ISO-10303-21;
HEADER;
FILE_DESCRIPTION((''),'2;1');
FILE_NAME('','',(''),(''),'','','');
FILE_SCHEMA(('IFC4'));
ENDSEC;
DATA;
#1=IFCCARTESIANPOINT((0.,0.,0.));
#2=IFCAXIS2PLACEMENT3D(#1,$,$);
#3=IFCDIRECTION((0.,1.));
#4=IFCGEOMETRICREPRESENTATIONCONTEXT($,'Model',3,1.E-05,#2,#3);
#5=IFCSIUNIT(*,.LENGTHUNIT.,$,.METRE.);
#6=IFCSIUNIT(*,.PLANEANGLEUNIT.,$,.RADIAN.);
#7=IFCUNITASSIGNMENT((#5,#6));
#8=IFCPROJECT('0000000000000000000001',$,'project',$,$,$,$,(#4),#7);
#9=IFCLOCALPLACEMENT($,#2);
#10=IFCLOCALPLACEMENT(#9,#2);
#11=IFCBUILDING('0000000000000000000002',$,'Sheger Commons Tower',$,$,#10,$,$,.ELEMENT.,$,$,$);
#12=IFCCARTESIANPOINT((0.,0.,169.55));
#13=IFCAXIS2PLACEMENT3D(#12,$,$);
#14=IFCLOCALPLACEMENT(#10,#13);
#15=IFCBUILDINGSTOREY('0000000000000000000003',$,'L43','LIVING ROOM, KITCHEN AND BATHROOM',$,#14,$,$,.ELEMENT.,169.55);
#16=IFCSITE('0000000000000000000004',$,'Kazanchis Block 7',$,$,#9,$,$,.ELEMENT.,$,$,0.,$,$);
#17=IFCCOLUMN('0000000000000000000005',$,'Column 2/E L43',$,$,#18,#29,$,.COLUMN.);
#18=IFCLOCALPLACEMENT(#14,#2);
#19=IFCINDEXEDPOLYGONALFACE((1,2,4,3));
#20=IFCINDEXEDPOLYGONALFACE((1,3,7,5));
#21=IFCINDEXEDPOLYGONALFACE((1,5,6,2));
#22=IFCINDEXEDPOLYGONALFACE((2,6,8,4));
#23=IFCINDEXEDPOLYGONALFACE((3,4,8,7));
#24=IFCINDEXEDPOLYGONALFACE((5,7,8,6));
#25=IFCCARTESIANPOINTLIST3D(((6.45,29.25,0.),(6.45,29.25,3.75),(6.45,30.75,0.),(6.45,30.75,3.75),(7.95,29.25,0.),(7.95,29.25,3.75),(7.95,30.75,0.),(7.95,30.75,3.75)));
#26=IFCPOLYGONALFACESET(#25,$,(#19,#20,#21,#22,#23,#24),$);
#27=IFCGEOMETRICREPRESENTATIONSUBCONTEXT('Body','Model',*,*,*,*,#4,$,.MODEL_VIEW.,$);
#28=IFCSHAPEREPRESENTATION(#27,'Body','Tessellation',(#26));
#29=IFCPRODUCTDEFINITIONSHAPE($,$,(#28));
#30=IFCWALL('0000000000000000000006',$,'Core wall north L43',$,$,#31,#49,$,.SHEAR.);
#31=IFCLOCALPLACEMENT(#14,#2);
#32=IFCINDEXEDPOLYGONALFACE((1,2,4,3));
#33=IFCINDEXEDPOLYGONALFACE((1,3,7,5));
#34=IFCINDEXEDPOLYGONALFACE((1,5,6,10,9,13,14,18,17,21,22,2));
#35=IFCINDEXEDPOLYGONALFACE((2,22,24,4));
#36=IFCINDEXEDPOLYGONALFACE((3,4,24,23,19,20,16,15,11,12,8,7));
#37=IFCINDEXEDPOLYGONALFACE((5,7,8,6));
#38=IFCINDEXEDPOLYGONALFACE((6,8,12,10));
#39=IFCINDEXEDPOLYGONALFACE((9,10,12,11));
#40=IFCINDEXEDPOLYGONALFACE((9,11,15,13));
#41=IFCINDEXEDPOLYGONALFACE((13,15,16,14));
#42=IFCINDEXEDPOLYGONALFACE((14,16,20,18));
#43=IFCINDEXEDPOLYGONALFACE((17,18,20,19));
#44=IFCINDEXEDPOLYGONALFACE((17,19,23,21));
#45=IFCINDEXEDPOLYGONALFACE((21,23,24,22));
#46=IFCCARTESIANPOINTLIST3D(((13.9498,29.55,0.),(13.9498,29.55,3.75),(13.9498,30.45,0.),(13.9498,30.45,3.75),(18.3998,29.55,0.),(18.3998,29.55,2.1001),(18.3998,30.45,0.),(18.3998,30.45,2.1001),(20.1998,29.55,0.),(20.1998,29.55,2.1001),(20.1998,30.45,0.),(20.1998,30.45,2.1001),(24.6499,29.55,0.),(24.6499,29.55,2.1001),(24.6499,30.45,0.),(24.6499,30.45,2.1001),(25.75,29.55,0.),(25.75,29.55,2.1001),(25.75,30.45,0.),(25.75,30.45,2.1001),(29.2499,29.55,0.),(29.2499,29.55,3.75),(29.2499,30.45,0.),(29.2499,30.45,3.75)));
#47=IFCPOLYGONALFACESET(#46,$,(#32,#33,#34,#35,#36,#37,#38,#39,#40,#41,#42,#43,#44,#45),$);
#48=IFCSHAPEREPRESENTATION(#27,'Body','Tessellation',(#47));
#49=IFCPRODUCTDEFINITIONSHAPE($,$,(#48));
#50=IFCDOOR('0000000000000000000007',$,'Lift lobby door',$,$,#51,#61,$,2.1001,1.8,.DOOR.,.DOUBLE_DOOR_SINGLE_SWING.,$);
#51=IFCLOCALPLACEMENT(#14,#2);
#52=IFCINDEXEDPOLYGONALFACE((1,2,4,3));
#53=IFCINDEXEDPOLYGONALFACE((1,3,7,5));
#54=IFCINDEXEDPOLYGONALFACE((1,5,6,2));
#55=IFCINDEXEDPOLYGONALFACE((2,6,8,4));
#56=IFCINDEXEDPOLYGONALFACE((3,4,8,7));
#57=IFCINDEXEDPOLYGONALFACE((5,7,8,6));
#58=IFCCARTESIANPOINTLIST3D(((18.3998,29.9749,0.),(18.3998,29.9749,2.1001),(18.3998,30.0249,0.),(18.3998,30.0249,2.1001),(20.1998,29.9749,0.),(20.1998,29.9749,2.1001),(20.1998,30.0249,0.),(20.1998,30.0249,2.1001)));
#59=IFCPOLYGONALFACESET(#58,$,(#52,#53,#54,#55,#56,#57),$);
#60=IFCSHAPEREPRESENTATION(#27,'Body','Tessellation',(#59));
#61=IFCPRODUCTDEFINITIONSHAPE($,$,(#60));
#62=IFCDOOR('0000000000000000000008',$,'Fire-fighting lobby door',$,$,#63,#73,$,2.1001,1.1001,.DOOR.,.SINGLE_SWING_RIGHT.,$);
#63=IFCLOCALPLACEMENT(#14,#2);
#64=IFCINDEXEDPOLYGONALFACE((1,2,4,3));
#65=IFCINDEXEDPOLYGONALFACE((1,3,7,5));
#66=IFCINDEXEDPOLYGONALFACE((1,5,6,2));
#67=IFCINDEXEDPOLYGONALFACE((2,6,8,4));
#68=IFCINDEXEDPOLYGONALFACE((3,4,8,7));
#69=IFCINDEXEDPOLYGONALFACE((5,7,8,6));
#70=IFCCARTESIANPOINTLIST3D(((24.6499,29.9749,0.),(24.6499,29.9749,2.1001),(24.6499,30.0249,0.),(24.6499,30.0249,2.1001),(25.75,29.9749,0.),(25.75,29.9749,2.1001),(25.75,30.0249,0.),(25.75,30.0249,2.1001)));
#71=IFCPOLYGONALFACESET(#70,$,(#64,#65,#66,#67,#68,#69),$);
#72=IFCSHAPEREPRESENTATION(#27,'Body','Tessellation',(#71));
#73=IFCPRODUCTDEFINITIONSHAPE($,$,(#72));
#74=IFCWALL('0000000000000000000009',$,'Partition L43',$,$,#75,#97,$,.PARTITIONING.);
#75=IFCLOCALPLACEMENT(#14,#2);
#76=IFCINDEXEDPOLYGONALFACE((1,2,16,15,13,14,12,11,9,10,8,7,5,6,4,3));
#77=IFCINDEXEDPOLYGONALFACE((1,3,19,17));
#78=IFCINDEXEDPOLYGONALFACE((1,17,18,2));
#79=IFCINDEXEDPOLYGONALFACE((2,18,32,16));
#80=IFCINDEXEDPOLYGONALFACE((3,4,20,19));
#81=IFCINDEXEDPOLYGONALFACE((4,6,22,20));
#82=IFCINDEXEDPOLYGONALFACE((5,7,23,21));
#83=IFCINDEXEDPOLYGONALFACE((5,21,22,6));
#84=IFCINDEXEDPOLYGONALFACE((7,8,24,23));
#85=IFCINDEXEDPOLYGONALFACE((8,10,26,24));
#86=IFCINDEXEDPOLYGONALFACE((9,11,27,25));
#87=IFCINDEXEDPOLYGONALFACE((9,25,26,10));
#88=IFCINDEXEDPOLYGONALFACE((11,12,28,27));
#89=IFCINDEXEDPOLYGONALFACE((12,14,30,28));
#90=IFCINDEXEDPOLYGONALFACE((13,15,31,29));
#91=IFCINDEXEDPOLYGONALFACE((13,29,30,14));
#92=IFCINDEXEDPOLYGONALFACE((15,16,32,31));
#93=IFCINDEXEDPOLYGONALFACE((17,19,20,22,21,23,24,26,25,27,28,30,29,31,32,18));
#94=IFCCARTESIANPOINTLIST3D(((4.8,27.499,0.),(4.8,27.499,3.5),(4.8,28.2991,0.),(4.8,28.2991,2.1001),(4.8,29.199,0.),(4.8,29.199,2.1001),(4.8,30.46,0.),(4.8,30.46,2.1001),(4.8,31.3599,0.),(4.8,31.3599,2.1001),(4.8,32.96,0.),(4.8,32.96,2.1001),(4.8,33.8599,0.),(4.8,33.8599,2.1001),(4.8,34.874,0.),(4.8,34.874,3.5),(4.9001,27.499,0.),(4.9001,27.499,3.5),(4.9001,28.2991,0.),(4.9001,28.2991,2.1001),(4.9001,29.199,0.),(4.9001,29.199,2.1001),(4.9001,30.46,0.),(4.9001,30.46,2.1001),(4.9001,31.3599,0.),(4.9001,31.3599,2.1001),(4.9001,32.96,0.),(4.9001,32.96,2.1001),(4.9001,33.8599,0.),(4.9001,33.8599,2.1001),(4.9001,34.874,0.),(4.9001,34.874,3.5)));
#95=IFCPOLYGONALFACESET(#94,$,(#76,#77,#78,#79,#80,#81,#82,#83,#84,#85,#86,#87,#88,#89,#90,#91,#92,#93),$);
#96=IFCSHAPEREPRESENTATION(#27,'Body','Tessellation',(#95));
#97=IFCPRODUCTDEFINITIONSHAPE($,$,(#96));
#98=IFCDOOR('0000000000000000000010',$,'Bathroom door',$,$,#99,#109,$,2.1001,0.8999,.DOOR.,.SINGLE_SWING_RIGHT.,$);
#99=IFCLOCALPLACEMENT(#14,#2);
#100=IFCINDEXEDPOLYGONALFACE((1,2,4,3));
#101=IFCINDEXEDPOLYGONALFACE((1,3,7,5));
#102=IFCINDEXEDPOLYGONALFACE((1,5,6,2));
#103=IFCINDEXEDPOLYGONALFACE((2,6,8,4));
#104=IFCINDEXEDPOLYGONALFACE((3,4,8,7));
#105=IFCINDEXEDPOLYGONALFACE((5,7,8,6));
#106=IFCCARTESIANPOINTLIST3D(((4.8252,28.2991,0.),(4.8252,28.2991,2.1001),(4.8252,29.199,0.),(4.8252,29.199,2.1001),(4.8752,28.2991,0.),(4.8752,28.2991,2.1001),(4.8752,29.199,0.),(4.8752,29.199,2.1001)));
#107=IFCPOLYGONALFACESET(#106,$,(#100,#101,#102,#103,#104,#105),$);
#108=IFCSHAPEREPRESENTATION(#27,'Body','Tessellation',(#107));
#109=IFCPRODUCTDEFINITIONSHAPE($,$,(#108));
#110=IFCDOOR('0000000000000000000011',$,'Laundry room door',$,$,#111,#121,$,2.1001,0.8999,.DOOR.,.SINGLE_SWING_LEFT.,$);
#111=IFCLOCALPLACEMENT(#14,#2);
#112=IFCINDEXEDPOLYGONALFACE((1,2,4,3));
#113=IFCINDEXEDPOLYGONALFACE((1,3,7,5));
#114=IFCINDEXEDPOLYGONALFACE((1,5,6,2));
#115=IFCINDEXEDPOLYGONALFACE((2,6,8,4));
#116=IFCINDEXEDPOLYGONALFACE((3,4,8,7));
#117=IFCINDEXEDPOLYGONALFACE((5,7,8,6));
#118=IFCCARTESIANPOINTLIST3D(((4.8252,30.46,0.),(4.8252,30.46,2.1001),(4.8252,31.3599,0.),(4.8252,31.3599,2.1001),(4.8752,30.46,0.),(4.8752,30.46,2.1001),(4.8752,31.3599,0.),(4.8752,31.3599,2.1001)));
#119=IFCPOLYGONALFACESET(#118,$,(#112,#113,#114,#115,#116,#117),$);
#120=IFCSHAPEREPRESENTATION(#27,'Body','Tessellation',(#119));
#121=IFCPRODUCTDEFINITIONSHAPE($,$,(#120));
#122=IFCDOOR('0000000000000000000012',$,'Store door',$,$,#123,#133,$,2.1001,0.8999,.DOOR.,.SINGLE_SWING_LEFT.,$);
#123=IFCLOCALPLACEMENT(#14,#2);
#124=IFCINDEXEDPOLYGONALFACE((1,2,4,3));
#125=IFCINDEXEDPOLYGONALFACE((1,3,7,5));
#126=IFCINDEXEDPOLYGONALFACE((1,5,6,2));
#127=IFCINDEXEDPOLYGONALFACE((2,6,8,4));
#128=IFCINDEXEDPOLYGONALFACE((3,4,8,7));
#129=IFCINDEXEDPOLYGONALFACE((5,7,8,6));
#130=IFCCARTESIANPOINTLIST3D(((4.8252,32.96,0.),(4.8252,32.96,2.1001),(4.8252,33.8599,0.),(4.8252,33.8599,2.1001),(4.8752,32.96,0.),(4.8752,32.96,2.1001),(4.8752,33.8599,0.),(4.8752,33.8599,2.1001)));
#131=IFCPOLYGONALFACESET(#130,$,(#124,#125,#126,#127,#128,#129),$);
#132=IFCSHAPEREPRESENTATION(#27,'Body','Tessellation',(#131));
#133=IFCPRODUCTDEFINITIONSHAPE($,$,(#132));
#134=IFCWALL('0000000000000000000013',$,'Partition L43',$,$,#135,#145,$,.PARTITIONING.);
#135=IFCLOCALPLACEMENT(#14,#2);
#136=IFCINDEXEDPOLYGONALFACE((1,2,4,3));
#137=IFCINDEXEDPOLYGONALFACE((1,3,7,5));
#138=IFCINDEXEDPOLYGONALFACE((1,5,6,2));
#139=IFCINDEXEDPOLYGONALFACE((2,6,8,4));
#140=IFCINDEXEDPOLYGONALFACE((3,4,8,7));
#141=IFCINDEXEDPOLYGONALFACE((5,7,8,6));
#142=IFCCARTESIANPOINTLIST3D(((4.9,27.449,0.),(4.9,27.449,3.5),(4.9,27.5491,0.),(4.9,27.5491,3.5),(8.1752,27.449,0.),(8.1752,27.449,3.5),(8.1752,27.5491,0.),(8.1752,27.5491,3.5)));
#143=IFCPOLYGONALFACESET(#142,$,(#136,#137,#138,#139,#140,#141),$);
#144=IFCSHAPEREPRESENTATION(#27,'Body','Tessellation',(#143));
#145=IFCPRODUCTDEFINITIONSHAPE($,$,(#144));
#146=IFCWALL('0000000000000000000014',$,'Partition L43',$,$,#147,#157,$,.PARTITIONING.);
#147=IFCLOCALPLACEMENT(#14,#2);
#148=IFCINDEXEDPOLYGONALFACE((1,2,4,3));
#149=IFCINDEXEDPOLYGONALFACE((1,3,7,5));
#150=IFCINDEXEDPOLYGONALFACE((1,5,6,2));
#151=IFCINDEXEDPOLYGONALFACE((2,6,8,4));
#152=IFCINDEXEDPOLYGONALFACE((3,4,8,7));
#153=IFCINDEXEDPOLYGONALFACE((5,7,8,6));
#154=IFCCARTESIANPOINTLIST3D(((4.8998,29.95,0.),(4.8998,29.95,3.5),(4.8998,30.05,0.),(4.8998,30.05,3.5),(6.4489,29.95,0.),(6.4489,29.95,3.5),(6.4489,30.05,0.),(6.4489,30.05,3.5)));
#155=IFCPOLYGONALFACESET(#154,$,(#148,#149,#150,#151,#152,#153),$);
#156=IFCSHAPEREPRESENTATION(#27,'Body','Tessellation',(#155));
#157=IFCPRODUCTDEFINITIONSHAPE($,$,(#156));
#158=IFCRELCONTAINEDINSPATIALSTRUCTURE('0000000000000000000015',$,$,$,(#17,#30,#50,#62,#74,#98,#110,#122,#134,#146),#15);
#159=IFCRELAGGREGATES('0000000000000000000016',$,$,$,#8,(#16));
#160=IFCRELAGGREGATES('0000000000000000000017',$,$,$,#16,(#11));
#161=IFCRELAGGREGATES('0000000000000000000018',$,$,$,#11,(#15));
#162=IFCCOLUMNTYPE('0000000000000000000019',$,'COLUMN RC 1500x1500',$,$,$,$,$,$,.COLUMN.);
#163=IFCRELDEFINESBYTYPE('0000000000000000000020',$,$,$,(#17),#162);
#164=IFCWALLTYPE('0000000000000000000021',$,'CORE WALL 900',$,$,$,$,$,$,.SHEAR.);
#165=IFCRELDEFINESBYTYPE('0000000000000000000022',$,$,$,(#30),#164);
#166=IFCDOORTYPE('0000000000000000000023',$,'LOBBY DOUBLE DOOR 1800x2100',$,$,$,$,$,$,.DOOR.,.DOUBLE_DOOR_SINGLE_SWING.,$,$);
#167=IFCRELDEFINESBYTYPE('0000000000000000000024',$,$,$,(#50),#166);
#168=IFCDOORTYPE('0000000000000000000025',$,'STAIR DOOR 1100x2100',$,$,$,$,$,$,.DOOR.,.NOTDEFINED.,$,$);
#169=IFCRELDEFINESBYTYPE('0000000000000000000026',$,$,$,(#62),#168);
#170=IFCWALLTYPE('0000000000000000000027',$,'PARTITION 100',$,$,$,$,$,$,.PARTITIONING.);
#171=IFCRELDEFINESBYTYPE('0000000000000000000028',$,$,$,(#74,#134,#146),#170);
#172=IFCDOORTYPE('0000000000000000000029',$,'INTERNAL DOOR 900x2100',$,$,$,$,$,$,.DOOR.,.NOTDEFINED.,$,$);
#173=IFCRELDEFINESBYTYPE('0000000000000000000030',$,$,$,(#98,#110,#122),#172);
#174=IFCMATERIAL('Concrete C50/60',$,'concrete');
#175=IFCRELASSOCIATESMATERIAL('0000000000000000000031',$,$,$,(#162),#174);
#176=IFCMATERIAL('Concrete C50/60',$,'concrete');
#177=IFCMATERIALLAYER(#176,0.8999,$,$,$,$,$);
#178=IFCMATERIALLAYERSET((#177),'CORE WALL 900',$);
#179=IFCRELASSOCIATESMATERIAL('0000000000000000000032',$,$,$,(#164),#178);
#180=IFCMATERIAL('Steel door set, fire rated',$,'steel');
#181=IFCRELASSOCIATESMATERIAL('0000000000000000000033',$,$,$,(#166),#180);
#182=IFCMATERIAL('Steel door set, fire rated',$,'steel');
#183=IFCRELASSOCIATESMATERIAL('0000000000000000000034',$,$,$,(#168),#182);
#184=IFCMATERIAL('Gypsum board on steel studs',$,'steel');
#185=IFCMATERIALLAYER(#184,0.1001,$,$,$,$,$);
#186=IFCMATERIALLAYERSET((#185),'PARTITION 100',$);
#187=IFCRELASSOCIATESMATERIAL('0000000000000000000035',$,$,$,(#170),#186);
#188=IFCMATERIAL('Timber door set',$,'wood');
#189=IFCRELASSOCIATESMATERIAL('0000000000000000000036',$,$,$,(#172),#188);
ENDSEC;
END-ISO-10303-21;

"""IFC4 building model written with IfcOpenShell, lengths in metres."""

from ifc_helpers import new_model, si_unit, direction, frame, frame_2d, origin, origin_2d, place, context, subcontext, project, spatial, rectangle, extrude, material, layer, layer_set, material_profile, profile_set, type_object, element, fill, save


model = new_model("IFC4")

# Units and contexts
model_context = context("Model", 3, precision=1e-05, world=origin(), true_north=direction((0.0, 1.0)))
body_context = subcontext(model_context, "Body", "Model", "MODEL_VIEW")
ifc_project = project(units=[si_unit("LENGTHUNIT", "METRE"), si_unit("PLANEANGLEUNIT", "RADIAN")], contexts=[model_context])

# Site, building, storey
site_placement = place(None, origin())
site = spatial("IfcSite", under=ifc_project, at=site_placement, Name="Kazanchis Block 7", CompositionType="ELEMENT", RefElevation=0.0)
building_placement = place(site_placement, origin())
building = spatial("IfcBuilding", under=site, at=building_placement, Name="Sheger Commons Tower", CompositionType="ELEMENT")
storey_placement = place(building_placement, frame((0.0, 0.0, 169.55)))
storey = spatial("IfcBuildingStorey", under=building, at=storey_placement, Name="L43", Description="LIVING ROOM, KITCHEN AND BATHROOM", CompositionType="ELEMENT", Elevation=169.55)

# Column
ifc_material_1 = material(Name="Concrete C50/60", Category="concrete")
ifc_material_profile = material_profile(ifc_material_1, rectangle(XDim=1.5, YDim=1.5, at=origin_2d()), Name="RC 1500x1500")
ifc_profile_set = profile_set([ifc_material_profile], Name="Concrete C50/60")
column_type = type_object("IfcColumnType", Name="COLUMN RC 1500x1500", PredefinedType="COLUMN", material=ifc_profile_set)
column_placement = place(storey_placement, frame((7.2, 30.0, 0.0), z_axis=(0.0, 0.0, 1.0), x_axis=(1.0, 0.0, 0.0)))
element("IfcColumn", 1, at=column_placement, inside=storey, type_object=column_type, Name="Column 2/E L43", PredefinedType="COLUMN", context=body_context, shape_type="SweptSolid", body=[
    extrude(rectangle(XDim=1.5, YDim=1.5, at=origin_2d()), origin(), (0.0, 0.0, 1.0), 3.75),
])

# Walls, openings, doors
ifc_material_2 = material(Name="Concrete C50/60", Category="concrete")
ifc_layer_1 = layer(ifc_material_2, 0.8999)
ifc_layer_set_1 = layer_set([ifc_layer_1], Name="CORE WALL 900")
wall_type_1 = type_object("IfcWallType", Name="CORE WALL 900", PredefinedType="SHEAR", material=ifc_layer_set_1)
wall_1_placement = place(storey_placement, frame((13.95, 30.0, 0.0), z_axis=(0.0, 0.0, 1.0), x_axis=(1.0, 0.0, 0.0)))
wall_1 = element("IfcWall", 2, at=wall_1_placement, inside=storey, type_object=wall_type_1, Name="Core wall north L43", PredefinedType="SHEAR", context=body_context, shape_type="SweptSolid", body=[
    extrude(rectangle(XDim=15.3, YDim=0.8999, at=frame_2d((7.6499, 0.0))), origin(), (0.0, 0.0, 1.0), 3.75),
])
opening_1_placement = place(wall_1_placement, frame((4.45, 0.0, 0.0)))
opening_1 = element("IfcOpeningElement", 3, at=opening_1_placement, cuts=wall_1, PredefinedType="OPENING", context=body_context, shape_type="SweptSolid", body=[
    extrude(rectangle(XDim=1.8, YDim=2.1001, at=frame_2d((0.8999, 1.05))), frame((0.0, 0.46, 0.0), z_axis=(0.0, -1.0, 0.0), x_axis=(1.0, 0.0, 0.0)), (0.0, 0.0, 1.0), 0.9199),
])
opening_2_placement = place(wall_1_placement, frame((10.7, 0.0, 0.0)))
opening_2 = element("IfcOpeningElement", 4, at=opening_2_placement, cuts=wall_1, PredefinedType="OPENING", context=body_context, shape_type="SweptSolid", body=[
    extrude(rectangle(XDim=1.1001, YDim=2.1001, at=frame_2d((0.55, 1.05))), frame((0.0, 0.46, 0.0), z_axis=(0.0, -1.0, 0.0), x_axis=(1.0, 0.0, 0.0)), (0.0, 0.0, 1.0), 0.9199),
])
ifc_material_3 = material(Name="Steel door set, fire rated", Category="steel")
door_type_1 = type_object("IfcDoorType", Name="LOBBY DOUBLE DOOR 1800x2100", OperationType="DOUBLE_DOOR_SINGLE_SWING", PredefinedType="DOOR", material=ifc_material_3)
door_1_placement = place(opening_1_placement, origin())
door_1 = element("IfcDoor", 5, at=door_1_placement, inside=storey, type_object=door_type_1, Name="Lift lobby door", OperationType="DOUBLE_DOOR_SINGLE_SWING", OverallHeight=2.1001, OverallWidth=1.8, PredefinedType="DOOR", context=body_context, shape_type="SweptSolid", body=[
    extrude(rectangle(XDim=1.8, YDim=2.1001, at=frame_2d((0.8999, 1.05))), frame((0.0, 0.0249, 0.0), z_axis=(0.0, -1.0, 0.0), x_axis=(1.0, 0.0, 0.0)), (0.0, 0.0, 1.0), 0.05),
])
fill(opening_1, door_1)
ifc_material_4 = material(Name="Steel door set, fire rated", Category="steel")
door_type_2 = type_object("IfcDoorType", Name="STAIR DOOR 1100x2100", OperationType="NOTDEFINED", PredefinedType="DOOR", material=ifc_material_4)
door_2_placement = place(opening_2_placement, origin())
door_2 = element("IfcDoor", 6, at=door_2_placement, inside=storey, type_object=door_type_2, Name="Fire-fighting lobby door", OperationType="SINGLE_SWING_RIGHT", OverallHeight=2.1001, OverallWidth=1.1001, PredefinedType="DOOR", context=body_context, shape_type="SweptSolid", body=[
    extrude(rectangle(XDim=1.1001, YDim=2.1001, at=frame_2d((0.55, 1.05))), frame((0.0, 0.0249, 0.0), z_axis=(0.0, -1.0, 0.0), x_axis=(1.0, 0.0, 0.0)), (0.0, 0.0, 1.0), 0.05),
])
fill(opening_2, door_2)
ifc_material_5 = material(Name="Gypsum board on steel studs", Category="steel")
ifc_layer_2 = layer(ifc_material_5, 0.1001)
ifc_layer_set_2 = layer_set([ifc_layer_2], Name="PARTITION 100")
wall_type_2 = type_object("IfcWallType", Name="PARTITION 100", PredefinedType="PARTITIONING", material=ifc_layer_set_2)
wall_2_placement = place(storey_placement, frame((4.8501, 27.499, 0.0), z_axis=(0.0, 0.0, 1.0), x_axis=(0.0, 1.0, 0.0)))
wall_2 = element("IfcWall", 7, at=wall_2_placement, inside=storey, type_object=wall_type_2, Name="Partition L43", PredefinedType="PARTITIONING", context=body_context, shape_type="SweptSolid", body=[
    extrude(rectangle(XDim=7.375, YDim=0.1001, at=frame_2d((3.6875, 0.0))), origin(), (0.0, 0.0, 1.0), 3.5),
])
opening_3_placement = place(wall_2_placement, frame((0.8, 0.0, 0.0)))
opening_3 = element("IfcOpeningElement", 8, at=opening_3_placement, cuts=wall_2, PredefinedType="OPENING", context=body_context, shape_type="SweptSolid", body=[
    extrude(rectangle(XDim=0.8999, YDim=2.1001, at=frame_2d((0.45, 1.05))), frame((0.0, 0.0601, 0.0), z_axis=(0.0, -1.0, 0.0), x_axis=(1.0, 0.0, 0.0)), (0.0, 0.0, 1.0), 0.1201),
])
opening_4_placement = place(wall_2_placement, frame((2.9609, 0.0, 0.0)))
opening_4 = element("IfcOpeningElement", 9, at=opening_4_placement, cuts=wall_2, PredefinedType="OPENING", context=body_context, shape_type="SweptSolid", body=[
    extrude(rectangle(XDim=0.8999, YDim=2.1001, at=frame_2d((0.45, 1.05))), frame((0.0, 0.0601, 0.0), z_axis=(0.0, -1.0, 0.0), x_axis=(1.0, 0.0, 0.0)), (0.0, 0.0, 1.0), 0.1201),
])
opening_5_placement = place(wall_2_placement, frame((5.4609, 0.0, 0.0)))
opening_5 = element("IfcOpeningElement", 10, at=opening_5_placement, cuts=wall_2, PredefinedType="OPENING", context=body_context, shape_type="SweptSolid", body=[
    extrude(rectangle(XDim=0.8999, YDim=2.1001, at=frame_2d((0.45, 1.05))), frame((0.0, 0.0601, 0.0), z_axis=(0.0, -1.0, 0.0), x_axis=(1.0, 0.0, 0.0)), (0.0, 0.0, 1.0), 0.1201),
])
ifc_material_6 = material(Name="Timber door set", Category="wood")
door_type_3 = type_object("IfcDoorType", Name="INTERNAL DOOR 900x2100", OperationType="NOTDEFINED", PredefinedType="DOOR", material=ifc_material_6)
door_3_placement = place(opening_3_placement, origin())
door_3 = element("IfcDoor", 11, at=door_3_placement, inside=storey, type_object=door_type_3, Name="Bathroom door", OperationType="SINGLE_SWING_RIGHT", OverallHeight=2.1001, OverallWidth=0.8999, PredefinedType="DOOR", context=body_context, shape_type="SweptSolid", body=[
    extrude(rectangle(XDim=0.8999, YDim=2.1001, at=frame_2d((0.45, 1.05))), frame((0.0, 0.0249, 0.0), z_axis=(0.0, -1.0, 0.0), x_axis=(1.0, 0.0, 0.0)), (0.0, 0.0, 1.0), 0.05),
])
fill(opening_3, door_3)
door_4_placement = place(opening_4_placement, origin())
door_4 = element("IfcDoor", 12, at=door_4_placement, inside=storey, type_object=door_type_3, Name="Laundry room door", OperationType="SINGLE_SWING_LEFT", OverallHeight=2.1001, OverallWidth=0.8999, PredefinedType="DOOR", context=body_context, shape_type="SweptSolid", body=[
    extrude(rectangle(XDim=0.8999, YDim=2.1001, at=frame_2d((0.45, 1.05))), frame((0.0, 0.0249, 0.0), z_axis=(0.0, -1.0, 0.0), x_axis=(1.0, 0.0, 0.0)), (0.0, 0.0, 1.0), 0.05),
])
fill(opening_4, door_4)
door_5_placement = place(opening_5_placement, origin())
door_5 = element("IfcDoor", 13, at=door_5_placement, inside=storey, type_object=door_type_3, Name="Store door", OperationType="SINGLE_SWING_LEFT", OverallHeight=2.1001, OverallWidth=0.8999, PredefinedType="DOOR", context=body_context, shape_type="SweptSolid", body=[
    extrude(rectangle(XDim=0.8999, YDim=2.1001, at=frame_2d((0.45, 1.05))), frame((0.0, 0.0249, 0.0), z_axis=(0.0, -1.0, 0.0), x_axis=(1.0, 0.0, 0.0)), (0.0, 0.0, 1.0), 0.05),
])
fill(opening_5, door_5)

# Walls
wall_3_placement = place(storey_placement, frame((4.8999, 27.499, 0.0), z_axis=(0.0, 0.0, 1.0), x_axis=(1.0, 0.0, 0.0)))
element("IfcWall", 14, at=wall_3_placement, inside=storey, type_object=wall_type_2, Name="Partition L43", PredefinedType="PARTITIONING", context=body_context, shape_type="SweptSolid", body=[
    extrude(rectangle(XDim=3.2751, YDim=0.1001, at=frame_2d((1.6377, 0.0))), origin(), (0.0, 0.0, 1.0), 3.5),
])
wall_4_placement = place(storey_placement, frame((4.8999, 30.0, 0.0), z_axis=(0.0, 0.0, 1.0), x_axis=(1.0, 0.0, 0.0)))
element("IfcWall", 15, at=wall_4_placement, inside=storey, type_object=wall_type_2, Name="Partition L43", PredefinedType="PARTITIONING", context=body_context, shape_type="SweptSolid", body=[
    extrude(rectangle(XDim=1.5491, YDim=0.1001, at=frame_2d((0.7744, 0.0))), origin(), (0.0, 0.0, 1.0), 3.5),
])

save(model, "model.ifc")
